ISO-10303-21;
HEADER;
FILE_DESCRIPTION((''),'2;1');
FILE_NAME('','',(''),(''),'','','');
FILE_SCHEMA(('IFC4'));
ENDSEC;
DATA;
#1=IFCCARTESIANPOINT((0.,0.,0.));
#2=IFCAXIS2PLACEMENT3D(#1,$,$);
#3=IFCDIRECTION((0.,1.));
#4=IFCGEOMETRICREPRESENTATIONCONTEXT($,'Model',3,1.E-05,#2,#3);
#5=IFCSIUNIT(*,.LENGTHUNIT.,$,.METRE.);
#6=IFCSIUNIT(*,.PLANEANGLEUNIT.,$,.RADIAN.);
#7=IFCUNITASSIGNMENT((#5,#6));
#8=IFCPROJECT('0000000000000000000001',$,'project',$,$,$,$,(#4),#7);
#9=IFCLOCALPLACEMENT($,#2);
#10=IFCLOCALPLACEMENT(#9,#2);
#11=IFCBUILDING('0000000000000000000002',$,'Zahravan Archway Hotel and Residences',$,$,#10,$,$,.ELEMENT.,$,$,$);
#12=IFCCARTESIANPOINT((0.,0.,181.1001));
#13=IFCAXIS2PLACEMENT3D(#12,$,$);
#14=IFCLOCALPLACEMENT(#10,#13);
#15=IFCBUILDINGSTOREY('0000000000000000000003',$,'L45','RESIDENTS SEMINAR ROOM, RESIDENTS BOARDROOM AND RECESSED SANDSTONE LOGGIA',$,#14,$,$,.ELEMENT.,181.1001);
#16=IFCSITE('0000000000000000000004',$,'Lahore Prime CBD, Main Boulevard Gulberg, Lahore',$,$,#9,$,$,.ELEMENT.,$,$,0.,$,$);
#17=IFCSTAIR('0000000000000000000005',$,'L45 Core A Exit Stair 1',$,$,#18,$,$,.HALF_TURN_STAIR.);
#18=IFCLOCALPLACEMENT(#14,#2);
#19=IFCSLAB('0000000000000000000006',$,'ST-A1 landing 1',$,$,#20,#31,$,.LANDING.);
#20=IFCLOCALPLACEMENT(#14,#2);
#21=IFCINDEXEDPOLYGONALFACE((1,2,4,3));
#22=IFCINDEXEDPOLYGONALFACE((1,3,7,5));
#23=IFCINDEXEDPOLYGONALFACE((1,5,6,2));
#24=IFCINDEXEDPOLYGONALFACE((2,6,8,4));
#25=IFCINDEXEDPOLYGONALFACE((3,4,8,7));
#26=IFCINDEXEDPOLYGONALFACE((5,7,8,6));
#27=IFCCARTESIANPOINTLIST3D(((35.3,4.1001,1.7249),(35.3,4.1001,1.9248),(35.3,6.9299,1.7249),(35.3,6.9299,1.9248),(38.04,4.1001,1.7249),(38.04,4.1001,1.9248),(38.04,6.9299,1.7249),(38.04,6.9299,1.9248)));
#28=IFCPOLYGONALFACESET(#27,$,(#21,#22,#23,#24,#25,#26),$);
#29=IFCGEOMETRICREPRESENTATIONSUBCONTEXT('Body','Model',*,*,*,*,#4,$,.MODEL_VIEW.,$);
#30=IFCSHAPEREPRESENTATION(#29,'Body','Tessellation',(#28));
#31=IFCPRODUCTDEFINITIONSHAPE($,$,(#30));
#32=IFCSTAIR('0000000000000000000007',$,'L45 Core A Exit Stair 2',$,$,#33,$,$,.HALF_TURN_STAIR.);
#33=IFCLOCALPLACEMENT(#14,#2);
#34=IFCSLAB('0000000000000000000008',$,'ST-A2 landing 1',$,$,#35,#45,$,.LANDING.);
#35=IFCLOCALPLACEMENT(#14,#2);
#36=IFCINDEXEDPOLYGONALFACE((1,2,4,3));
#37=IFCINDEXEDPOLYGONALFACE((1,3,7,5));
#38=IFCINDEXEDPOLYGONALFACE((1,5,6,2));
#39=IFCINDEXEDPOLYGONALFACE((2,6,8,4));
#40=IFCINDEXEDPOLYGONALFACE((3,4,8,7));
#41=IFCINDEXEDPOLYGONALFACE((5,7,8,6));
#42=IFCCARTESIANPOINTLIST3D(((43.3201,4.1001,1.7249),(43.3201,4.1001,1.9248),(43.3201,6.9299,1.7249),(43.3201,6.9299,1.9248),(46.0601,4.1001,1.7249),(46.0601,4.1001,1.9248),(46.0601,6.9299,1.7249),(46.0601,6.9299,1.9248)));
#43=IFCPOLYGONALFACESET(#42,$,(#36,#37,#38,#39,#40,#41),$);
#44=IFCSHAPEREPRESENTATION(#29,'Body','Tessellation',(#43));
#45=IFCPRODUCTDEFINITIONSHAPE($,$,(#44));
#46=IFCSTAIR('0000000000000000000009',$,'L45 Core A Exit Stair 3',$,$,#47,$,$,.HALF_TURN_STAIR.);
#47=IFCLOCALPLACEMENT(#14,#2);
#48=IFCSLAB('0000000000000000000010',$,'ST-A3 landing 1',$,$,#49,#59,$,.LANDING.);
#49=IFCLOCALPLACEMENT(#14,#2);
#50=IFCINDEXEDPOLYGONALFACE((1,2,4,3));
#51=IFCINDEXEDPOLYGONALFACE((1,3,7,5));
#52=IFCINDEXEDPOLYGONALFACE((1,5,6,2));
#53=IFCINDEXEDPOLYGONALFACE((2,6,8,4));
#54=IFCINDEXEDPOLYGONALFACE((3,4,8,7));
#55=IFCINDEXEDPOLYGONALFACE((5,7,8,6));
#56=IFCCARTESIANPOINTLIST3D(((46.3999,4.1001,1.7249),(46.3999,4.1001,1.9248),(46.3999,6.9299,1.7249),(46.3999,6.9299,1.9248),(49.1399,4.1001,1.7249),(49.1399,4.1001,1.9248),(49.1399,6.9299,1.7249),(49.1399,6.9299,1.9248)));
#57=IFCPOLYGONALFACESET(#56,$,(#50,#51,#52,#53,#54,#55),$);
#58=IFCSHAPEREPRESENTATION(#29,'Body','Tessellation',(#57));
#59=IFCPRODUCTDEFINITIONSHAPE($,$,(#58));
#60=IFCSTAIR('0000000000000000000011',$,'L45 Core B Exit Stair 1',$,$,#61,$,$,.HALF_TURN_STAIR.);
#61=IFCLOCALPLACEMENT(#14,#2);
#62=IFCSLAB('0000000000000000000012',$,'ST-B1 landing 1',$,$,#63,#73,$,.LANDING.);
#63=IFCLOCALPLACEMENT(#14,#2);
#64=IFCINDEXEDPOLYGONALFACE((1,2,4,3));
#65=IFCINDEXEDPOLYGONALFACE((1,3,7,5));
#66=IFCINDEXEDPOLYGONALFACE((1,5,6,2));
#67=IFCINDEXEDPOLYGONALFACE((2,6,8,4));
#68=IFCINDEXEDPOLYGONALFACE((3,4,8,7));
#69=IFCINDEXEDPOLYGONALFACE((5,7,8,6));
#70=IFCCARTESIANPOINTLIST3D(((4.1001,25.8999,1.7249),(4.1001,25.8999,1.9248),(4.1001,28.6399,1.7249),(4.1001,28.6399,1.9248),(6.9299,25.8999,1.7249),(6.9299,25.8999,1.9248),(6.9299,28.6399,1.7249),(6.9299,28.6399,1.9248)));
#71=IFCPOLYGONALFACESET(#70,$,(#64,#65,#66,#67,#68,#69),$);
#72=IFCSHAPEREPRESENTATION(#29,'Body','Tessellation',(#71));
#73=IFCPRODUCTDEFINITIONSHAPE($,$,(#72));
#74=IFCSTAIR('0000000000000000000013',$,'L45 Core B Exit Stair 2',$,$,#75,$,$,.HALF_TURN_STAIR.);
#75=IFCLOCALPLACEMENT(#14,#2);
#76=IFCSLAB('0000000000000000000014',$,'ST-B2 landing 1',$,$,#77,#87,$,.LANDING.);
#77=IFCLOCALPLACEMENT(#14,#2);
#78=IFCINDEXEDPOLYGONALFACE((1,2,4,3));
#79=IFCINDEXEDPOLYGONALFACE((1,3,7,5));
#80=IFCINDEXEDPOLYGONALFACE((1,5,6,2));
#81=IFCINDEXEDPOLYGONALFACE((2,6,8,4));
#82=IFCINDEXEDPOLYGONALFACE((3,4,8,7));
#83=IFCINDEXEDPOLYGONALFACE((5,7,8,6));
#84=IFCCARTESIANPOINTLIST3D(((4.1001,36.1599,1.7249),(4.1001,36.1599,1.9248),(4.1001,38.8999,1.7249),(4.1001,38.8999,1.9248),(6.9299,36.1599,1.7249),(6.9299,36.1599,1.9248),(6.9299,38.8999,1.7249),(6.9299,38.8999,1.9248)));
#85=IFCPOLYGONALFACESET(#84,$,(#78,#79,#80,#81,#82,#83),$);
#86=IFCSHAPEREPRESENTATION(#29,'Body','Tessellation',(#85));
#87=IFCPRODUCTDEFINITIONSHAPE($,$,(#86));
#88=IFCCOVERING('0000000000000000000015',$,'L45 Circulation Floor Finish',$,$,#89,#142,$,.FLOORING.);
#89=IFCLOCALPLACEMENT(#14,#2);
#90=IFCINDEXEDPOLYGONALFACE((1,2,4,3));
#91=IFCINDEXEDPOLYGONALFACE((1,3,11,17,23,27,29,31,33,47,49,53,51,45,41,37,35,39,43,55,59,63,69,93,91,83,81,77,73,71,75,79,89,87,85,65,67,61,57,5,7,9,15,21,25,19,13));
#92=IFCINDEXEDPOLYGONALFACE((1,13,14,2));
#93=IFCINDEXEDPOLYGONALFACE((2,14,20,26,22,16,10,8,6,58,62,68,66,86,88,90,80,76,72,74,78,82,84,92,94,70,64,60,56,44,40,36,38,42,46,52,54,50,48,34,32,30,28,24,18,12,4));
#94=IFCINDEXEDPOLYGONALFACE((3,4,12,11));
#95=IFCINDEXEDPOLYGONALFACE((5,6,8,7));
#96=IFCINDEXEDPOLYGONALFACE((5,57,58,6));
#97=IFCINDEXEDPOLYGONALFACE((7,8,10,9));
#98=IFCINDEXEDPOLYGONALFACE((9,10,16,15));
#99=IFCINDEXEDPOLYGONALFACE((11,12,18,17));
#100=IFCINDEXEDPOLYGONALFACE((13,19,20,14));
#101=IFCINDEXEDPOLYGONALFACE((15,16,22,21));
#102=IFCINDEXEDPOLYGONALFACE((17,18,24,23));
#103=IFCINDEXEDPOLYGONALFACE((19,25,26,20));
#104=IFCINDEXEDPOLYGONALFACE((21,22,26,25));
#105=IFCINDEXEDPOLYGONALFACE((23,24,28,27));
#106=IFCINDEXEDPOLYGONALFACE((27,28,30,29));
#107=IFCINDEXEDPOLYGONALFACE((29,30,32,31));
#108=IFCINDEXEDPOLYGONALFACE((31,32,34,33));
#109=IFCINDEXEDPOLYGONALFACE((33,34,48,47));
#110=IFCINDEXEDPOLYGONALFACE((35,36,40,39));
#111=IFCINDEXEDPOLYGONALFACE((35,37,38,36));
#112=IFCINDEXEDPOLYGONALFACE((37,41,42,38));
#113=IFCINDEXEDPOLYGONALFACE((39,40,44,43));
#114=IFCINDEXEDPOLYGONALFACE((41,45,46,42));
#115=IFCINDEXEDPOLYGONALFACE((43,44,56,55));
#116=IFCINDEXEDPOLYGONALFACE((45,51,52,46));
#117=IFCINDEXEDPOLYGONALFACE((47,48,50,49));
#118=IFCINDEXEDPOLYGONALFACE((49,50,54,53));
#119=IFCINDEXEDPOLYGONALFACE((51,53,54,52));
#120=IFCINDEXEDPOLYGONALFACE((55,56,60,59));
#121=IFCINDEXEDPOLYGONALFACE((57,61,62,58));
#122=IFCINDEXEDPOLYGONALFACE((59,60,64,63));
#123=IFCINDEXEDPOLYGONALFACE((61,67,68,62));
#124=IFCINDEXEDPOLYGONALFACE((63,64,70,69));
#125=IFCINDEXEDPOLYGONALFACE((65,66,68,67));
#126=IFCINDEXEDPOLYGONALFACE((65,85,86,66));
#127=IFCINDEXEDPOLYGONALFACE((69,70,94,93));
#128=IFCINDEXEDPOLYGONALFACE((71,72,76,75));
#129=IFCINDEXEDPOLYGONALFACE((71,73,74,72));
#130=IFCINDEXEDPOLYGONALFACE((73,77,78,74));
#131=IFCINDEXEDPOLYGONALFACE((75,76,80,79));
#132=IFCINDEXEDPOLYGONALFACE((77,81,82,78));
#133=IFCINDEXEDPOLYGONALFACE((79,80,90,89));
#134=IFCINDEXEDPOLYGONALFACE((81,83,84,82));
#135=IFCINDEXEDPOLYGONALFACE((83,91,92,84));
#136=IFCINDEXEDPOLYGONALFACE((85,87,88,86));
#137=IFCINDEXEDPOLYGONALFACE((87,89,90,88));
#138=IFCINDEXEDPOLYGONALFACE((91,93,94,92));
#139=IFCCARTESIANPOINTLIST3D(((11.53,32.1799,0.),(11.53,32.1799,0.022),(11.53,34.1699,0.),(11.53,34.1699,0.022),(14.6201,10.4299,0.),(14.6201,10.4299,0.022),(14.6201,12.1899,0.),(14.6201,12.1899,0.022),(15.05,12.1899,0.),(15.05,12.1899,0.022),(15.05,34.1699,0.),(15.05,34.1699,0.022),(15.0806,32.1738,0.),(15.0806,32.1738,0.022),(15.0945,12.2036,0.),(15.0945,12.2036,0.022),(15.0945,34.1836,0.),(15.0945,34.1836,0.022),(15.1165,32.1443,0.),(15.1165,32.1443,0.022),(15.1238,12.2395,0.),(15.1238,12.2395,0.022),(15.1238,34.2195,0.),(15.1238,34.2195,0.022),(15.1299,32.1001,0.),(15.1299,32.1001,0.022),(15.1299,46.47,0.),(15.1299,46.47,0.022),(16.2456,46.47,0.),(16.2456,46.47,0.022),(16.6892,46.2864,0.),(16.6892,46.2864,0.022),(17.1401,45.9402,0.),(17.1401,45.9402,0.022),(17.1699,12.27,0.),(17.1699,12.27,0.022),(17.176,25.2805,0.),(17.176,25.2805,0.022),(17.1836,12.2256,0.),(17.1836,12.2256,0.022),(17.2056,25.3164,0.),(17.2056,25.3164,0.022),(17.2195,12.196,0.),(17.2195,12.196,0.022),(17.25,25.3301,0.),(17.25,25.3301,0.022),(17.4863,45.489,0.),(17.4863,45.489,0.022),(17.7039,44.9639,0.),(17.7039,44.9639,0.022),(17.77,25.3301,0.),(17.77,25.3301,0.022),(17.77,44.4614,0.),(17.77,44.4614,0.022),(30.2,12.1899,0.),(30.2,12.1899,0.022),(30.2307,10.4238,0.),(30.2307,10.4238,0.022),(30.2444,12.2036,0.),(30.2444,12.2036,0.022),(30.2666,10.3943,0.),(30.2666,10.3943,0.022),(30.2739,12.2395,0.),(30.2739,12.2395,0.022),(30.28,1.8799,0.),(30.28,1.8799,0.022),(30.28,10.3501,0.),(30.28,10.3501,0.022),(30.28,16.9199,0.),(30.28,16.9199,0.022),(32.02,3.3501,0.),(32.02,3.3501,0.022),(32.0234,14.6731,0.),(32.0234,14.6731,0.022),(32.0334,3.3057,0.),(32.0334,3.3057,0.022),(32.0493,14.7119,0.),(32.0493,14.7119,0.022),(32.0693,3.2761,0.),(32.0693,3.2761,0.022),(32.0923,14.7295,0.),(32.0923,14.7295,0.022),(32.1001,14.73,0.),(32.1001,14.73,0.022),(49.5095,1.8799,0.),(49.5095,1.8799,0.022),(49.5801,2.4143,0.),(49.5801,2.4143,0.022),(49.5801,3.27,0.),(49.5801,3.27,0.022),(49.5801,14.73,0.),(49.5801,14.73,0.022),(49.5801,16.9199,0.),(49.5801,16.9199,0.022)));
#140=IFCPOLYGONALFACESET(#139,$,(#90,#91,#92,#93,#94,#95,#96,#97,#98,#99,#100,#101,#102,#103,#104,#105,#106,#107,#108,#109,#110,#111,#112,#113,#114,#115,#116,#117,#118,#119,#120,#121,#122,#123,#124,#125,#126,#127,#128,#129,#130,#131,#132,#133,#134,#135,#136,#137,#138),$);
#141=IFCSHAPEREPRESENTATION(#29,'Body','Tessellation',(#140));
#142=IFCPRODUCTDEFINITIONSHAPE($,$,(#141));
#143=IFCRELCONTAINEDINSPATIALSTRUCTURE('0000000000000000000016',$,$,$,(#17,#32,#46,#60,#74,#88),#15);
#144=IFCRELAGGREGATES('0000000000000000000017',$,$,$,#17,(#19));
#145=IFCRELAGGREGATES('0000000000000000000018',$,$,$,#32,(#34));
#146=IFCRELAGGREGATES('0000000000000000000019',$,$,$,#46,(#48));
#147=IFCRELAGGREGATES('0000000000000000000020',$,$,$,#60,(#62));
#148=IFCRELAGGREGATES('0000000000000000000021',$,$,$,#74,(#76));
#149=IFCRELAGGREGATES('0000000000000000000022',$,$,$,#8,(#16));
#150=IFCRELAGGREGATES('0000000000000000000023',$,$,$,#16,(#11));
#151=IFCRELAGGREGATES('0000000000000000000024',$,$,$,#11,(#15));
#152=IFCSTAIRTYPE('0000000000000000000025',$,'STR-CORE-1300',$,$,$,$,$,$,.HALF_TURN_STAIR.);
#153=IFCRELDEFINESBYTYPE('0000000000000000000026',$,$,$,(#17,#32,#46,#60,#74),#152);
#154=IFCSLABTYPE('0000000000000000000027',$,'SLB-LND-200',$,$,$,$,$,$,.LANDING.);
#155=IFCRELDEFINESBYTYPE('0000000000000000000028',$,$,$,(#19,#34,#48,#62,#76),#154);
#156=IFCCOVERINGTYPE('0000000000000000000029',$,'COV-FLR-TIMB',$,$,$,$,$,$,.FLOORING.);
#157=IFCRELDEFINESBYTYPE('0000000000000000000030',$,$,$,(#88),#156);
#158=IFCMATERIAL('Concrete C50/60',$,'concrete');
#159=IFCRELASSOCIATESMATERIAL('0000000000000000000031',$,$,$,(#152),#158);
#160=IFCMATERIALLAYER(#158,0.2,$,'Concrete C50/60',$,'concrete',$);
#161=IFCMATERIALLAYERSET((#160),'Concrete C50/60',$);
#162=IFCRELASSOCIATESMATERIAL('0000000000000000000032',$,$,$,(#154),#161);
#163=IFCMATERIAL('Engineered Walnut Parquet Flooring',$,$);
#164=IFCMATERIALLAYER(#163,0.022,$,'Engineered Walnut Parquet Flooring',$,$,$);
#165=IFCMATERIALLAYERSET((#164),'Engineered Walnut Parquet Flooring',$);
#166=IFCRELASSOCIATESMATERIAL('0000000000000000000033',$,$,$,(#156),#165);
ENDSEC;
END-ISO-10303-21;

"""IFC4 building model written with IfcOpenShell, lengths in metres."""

from ifc_helpers import new_model, si_unit, direction, frame, origin, place, context, subcontext, project, spatial, polyline, outline, extrude, material, layer, layer_set, type_object, element, aggregate, save


model = new_model("IFC4")

# Units and contexts
model_context = context("Model", 3, precision=1e-05, world=origin(), true_north=direction((0.0, 1.0)))
body_context = subcontext(model_context, "Body", "Model", "MODEL_VIEW")
ifc_project = project(units=[si_unit("LENGTHUNIT", "METRE"), si_unit("PLANEANGLEUNIT", "RADIAN")], contexts=[model_context])

# Site, building, storey
site_placement = place(None, origin())
site = spatial("IfcSite", under=ifc_project, at=site_placement, Name="Lahore Prime CBD, Main Boulevard Gulberg, Lahore", CompositionType="ELEMENT", RefElevation=0.0)
building_placement = place(site_placement, origin())
building = spatial("IfcBuilding", under=site, at=building_placement, Name="Zahravan Archway Hotel and Residences", CompositionType="ELEMENT")
storey_placement = place(building_placement, frame((0.0, 0.0, 181.1001)))
storey = spatial("IfcBuildingStorey", under=building, at=storey_placement, Name="L45", Description="RESIDENTS SEMINAR ROOM, RESIDENTS BOARDROOM AND RECESSED SANDSTONE LOGGIA", CompositionType="ELEMENT", Elevation=181.1001)

# Stairs, slabs
ifc_material_1 = material(Name="Concrete C50/60", Category="concrete")
stair_type = type_object("IfcStairType", Name="STR-CORE-1300", PredefinedType="HALF_TURN_STAIR", material=ifc_material_1)
stair_1_placement = place(storey_placement, origin())
stair_1 = element("IfcStair", 1, at=stair_1_placement, inside=storey, type_object=stair_type, Name="L45 Core A Exit Stair 1", PredefinedType="HALF_TURN_STAIR")
ifc_layer_1 = layer(ifc_material_1, 0.2, Name="Concrete C50/60", Category="concrete")
ifc_layer_set_1 = layer_set([ifc_layer_1], Name="Concrete C50/60")
slab_type_1 = type_object("IfcSlabType", Name="SLB-LND-200", PredefinedType="LANDING", material=ifc_layer_set_1)
slab_1_placement = place(storey_placement, frame((0.0, 0.0, 1.7249)))
slab_1 = element("IfcSlab", 2, at=slab_1_placement, type_object=slab_type_1, Name="ST-A1 landing 1", PredefinedType="LANDING", context=body_context, shape_type="SweptSolid", body=[
    extrude(outline(polyline([(35.3, 6.9299), (35.3, 4.1001), (38.04, 4.1001), (38.04, 6.9299), (35.3, 6.9299)])), origin(), (0.0, 0.0, 1.0), 0.2),
])
aggregate(stair_1, [slab_1])
stair_2_placement = place(storey_placement, origin())
stair_2 = element("IfcStair", 3, at=stair_2_placement, inside=storey, type_object=stair_type, Name="L45 Core A Exit Stair 2", PredefinedType="HALF_TURN_STAIR")
slab_2_placement = place(storey_placement, frame((0.0, 0.0, 1.7249)))
slab_2 = element("IfcSlab", 4, at=slab_2_placement, type_object=slab_type_1, Name="ST-A2 landing 1", PredefinedType="LANDING", context=body_context, shape_type="SweptSolid", body=[
    extrude(outline(polyline([(43.3201, 6.9299), (43.3201, 4.1001), (46.0601, 4.1001), (46.0601, 6.9299), (43.3201, 6.9299)])), origin(), (0.0, 0.0, 1.0), 0.2),
])
aggregate(stair_2, [slab_2])
stair_3_placement = place(storey_placement, origin())
stair_3 = element("IfcStair", 5, at=stair_3_placement, inside=storey, type_object=stair_type, Name="L45 Core A Exit Stair 3", PredefinedType="HALF_TURN_STAIR")
slab_3_placement = place(storey_placement, frame((0.0, 0.0, 1.7249)))
slab_3 = element("IfcSlab", 6, at=slab_3_placement, type_object=slab_type_1, Name="ST-A3 landing 1", PredefinedType="LANDING", context=body_context, shape_type="SweptSolid", body=[
    extrude(outline(polyline([(46.3999, 6.9299), (46.3999, 4.1001), (49.1399, 4.1001), (49.1399, 6.9299), (46.3999, 6.9299)])), origin(), (0.0, 0.0, 1.0), 0.2),
])
aggregate(stair_3, [slab_3])
stair_4_placement = place(storey_placement, origin())
stair_4 = element("IfcStair", 7, at=stair_4_placement, inside=storey, type_object=stair_type, Name="L45 Core B Exit Stair 1", PredefinedType="HALF_TURN_STAIR")
slab_4_placement = place(storey_placement, frame((0.0, 0.0, 1.7249)))
slab_4 = element("IfcSlab", 8, at=slab_4_placement, type_object=slab_type_1, Name="ST-B1 landing 1", PredefinedType="LANDING", context=body_context, shape_type="SweptSolid", body=[
    extrude(outline(polyline([(6.9299, 28.6399), (4.1001, 28.6399), (4.1001, 25.8999), (6.9299, 25.8999), (6.9299, 28.6399)])), origin(), (0.0, 0.0, 1.0), 0.2),
])
aggregate(stair_4, [slab_4])
stair_5_placement = place(storey_placement, origin())
stair_5 = element("IfcStair", 9, at=stair_5_placement, inside=storey, type_object=stair_type, Name="L45 Core B Exit Stair 2", PredefinedType="HALF_TURN_STAIR")
slab_5_placement = place(storey_placement, frame((0.0, 0.0, 1.7249)))
slab_5 = element("IfcSlab", 10, at=slab_5_placement, type_object=slab_type_1, Name="ST-B2 landing 1", PredefinedType="LANDING", context=body_context, shape_type="SweptSolid", body=[
    extrude(outline(polyline([(6.9299, 38.8999), (4.1001, 38.8999), (4.1001, 36.1599), (6.9299, 36.1599), (6.9299, 38.8999)])), origin(), (0.0, 0.0, 1.0), 0.2),
])
aggregate(stair_5, [slab_5])

# Covering
ifc_material_2 = material(Name="Engineered Walnut Parquet Flooring")
ifc_layer_2 = layer(ifc_material_2, 0.022, Name="Engineered Walnut Parquet Flooring")
ifc_layer_set_2 = layer_set([ifc_layer_2], Name="Engineered Walnut Parquet Flooring")
covering_type = type_object("IfcCoveringType", Name="COV-FLR-TIMB", PredefinedType="FLOORING", material=ifc_layer_set_2)
covering_placement = place(storey_placement, origin())
element("IfcCovering", 11, at=covering_placement, inside=storey, type_object=covering_type, Name="L45 Circulation Floor Finish", PredefinedType="FLOORING", context=body_context, shape_type="SweptSolid", body=[
    extrude(outline(polyline([(32.0923, 14.7295), (32.0493, 14.7119), (32.0234, 14.6731), (32.02, 3.3501), (32.0334, 3.3057), (32.0693, 3.2761), (49.5801, 3.27), (49.5801, 2.4143), (49.5095, 1.8799), (30.28, 1.8799), (30.28, 10.3501), (30.2666, 10.3943), (30.2307, 10.4238), (14.6201, 10.4299), (14.6201, 12.1899), (15.05, 12.1899), (15.0945, 12.2036), (15.1238, 12.2395), (15.1299, 32.1001), (15.1165, 32.1443), (15.0806, 32.1738), (11.53, 32.1799), (11.53, 34.1699), (15.05, 34.1699), (15.0945, 34.1836), (15.1238, 34.2195), (15.1299, 46.47), (16.2456, 46.47), (16.6892, 46.2864), (17.1401, 45.9402), (17.4863, 45.489), (17.7039, 44.9639), (17.77, 44.4614), (17.77, 25.3301), (17.25, 25.3301), (17.2056, 25.3164), (17.176, 25.2805), (17.1699, 12.27), (17.1836, 12.2256), (17.2195, 12.196), (30.2, 12.1899), (30.2444, 12.2036), (30.2739, 12.2395), (30.28, 16.9199), (49.5801, 16.9199), (49.5801, 14.73), (32.1001, 14.73), (32.0923, 14.7295)])), origin(), (0.0, 0.0, 1.0), 0.022),
])

save(model, "model.ifc")
